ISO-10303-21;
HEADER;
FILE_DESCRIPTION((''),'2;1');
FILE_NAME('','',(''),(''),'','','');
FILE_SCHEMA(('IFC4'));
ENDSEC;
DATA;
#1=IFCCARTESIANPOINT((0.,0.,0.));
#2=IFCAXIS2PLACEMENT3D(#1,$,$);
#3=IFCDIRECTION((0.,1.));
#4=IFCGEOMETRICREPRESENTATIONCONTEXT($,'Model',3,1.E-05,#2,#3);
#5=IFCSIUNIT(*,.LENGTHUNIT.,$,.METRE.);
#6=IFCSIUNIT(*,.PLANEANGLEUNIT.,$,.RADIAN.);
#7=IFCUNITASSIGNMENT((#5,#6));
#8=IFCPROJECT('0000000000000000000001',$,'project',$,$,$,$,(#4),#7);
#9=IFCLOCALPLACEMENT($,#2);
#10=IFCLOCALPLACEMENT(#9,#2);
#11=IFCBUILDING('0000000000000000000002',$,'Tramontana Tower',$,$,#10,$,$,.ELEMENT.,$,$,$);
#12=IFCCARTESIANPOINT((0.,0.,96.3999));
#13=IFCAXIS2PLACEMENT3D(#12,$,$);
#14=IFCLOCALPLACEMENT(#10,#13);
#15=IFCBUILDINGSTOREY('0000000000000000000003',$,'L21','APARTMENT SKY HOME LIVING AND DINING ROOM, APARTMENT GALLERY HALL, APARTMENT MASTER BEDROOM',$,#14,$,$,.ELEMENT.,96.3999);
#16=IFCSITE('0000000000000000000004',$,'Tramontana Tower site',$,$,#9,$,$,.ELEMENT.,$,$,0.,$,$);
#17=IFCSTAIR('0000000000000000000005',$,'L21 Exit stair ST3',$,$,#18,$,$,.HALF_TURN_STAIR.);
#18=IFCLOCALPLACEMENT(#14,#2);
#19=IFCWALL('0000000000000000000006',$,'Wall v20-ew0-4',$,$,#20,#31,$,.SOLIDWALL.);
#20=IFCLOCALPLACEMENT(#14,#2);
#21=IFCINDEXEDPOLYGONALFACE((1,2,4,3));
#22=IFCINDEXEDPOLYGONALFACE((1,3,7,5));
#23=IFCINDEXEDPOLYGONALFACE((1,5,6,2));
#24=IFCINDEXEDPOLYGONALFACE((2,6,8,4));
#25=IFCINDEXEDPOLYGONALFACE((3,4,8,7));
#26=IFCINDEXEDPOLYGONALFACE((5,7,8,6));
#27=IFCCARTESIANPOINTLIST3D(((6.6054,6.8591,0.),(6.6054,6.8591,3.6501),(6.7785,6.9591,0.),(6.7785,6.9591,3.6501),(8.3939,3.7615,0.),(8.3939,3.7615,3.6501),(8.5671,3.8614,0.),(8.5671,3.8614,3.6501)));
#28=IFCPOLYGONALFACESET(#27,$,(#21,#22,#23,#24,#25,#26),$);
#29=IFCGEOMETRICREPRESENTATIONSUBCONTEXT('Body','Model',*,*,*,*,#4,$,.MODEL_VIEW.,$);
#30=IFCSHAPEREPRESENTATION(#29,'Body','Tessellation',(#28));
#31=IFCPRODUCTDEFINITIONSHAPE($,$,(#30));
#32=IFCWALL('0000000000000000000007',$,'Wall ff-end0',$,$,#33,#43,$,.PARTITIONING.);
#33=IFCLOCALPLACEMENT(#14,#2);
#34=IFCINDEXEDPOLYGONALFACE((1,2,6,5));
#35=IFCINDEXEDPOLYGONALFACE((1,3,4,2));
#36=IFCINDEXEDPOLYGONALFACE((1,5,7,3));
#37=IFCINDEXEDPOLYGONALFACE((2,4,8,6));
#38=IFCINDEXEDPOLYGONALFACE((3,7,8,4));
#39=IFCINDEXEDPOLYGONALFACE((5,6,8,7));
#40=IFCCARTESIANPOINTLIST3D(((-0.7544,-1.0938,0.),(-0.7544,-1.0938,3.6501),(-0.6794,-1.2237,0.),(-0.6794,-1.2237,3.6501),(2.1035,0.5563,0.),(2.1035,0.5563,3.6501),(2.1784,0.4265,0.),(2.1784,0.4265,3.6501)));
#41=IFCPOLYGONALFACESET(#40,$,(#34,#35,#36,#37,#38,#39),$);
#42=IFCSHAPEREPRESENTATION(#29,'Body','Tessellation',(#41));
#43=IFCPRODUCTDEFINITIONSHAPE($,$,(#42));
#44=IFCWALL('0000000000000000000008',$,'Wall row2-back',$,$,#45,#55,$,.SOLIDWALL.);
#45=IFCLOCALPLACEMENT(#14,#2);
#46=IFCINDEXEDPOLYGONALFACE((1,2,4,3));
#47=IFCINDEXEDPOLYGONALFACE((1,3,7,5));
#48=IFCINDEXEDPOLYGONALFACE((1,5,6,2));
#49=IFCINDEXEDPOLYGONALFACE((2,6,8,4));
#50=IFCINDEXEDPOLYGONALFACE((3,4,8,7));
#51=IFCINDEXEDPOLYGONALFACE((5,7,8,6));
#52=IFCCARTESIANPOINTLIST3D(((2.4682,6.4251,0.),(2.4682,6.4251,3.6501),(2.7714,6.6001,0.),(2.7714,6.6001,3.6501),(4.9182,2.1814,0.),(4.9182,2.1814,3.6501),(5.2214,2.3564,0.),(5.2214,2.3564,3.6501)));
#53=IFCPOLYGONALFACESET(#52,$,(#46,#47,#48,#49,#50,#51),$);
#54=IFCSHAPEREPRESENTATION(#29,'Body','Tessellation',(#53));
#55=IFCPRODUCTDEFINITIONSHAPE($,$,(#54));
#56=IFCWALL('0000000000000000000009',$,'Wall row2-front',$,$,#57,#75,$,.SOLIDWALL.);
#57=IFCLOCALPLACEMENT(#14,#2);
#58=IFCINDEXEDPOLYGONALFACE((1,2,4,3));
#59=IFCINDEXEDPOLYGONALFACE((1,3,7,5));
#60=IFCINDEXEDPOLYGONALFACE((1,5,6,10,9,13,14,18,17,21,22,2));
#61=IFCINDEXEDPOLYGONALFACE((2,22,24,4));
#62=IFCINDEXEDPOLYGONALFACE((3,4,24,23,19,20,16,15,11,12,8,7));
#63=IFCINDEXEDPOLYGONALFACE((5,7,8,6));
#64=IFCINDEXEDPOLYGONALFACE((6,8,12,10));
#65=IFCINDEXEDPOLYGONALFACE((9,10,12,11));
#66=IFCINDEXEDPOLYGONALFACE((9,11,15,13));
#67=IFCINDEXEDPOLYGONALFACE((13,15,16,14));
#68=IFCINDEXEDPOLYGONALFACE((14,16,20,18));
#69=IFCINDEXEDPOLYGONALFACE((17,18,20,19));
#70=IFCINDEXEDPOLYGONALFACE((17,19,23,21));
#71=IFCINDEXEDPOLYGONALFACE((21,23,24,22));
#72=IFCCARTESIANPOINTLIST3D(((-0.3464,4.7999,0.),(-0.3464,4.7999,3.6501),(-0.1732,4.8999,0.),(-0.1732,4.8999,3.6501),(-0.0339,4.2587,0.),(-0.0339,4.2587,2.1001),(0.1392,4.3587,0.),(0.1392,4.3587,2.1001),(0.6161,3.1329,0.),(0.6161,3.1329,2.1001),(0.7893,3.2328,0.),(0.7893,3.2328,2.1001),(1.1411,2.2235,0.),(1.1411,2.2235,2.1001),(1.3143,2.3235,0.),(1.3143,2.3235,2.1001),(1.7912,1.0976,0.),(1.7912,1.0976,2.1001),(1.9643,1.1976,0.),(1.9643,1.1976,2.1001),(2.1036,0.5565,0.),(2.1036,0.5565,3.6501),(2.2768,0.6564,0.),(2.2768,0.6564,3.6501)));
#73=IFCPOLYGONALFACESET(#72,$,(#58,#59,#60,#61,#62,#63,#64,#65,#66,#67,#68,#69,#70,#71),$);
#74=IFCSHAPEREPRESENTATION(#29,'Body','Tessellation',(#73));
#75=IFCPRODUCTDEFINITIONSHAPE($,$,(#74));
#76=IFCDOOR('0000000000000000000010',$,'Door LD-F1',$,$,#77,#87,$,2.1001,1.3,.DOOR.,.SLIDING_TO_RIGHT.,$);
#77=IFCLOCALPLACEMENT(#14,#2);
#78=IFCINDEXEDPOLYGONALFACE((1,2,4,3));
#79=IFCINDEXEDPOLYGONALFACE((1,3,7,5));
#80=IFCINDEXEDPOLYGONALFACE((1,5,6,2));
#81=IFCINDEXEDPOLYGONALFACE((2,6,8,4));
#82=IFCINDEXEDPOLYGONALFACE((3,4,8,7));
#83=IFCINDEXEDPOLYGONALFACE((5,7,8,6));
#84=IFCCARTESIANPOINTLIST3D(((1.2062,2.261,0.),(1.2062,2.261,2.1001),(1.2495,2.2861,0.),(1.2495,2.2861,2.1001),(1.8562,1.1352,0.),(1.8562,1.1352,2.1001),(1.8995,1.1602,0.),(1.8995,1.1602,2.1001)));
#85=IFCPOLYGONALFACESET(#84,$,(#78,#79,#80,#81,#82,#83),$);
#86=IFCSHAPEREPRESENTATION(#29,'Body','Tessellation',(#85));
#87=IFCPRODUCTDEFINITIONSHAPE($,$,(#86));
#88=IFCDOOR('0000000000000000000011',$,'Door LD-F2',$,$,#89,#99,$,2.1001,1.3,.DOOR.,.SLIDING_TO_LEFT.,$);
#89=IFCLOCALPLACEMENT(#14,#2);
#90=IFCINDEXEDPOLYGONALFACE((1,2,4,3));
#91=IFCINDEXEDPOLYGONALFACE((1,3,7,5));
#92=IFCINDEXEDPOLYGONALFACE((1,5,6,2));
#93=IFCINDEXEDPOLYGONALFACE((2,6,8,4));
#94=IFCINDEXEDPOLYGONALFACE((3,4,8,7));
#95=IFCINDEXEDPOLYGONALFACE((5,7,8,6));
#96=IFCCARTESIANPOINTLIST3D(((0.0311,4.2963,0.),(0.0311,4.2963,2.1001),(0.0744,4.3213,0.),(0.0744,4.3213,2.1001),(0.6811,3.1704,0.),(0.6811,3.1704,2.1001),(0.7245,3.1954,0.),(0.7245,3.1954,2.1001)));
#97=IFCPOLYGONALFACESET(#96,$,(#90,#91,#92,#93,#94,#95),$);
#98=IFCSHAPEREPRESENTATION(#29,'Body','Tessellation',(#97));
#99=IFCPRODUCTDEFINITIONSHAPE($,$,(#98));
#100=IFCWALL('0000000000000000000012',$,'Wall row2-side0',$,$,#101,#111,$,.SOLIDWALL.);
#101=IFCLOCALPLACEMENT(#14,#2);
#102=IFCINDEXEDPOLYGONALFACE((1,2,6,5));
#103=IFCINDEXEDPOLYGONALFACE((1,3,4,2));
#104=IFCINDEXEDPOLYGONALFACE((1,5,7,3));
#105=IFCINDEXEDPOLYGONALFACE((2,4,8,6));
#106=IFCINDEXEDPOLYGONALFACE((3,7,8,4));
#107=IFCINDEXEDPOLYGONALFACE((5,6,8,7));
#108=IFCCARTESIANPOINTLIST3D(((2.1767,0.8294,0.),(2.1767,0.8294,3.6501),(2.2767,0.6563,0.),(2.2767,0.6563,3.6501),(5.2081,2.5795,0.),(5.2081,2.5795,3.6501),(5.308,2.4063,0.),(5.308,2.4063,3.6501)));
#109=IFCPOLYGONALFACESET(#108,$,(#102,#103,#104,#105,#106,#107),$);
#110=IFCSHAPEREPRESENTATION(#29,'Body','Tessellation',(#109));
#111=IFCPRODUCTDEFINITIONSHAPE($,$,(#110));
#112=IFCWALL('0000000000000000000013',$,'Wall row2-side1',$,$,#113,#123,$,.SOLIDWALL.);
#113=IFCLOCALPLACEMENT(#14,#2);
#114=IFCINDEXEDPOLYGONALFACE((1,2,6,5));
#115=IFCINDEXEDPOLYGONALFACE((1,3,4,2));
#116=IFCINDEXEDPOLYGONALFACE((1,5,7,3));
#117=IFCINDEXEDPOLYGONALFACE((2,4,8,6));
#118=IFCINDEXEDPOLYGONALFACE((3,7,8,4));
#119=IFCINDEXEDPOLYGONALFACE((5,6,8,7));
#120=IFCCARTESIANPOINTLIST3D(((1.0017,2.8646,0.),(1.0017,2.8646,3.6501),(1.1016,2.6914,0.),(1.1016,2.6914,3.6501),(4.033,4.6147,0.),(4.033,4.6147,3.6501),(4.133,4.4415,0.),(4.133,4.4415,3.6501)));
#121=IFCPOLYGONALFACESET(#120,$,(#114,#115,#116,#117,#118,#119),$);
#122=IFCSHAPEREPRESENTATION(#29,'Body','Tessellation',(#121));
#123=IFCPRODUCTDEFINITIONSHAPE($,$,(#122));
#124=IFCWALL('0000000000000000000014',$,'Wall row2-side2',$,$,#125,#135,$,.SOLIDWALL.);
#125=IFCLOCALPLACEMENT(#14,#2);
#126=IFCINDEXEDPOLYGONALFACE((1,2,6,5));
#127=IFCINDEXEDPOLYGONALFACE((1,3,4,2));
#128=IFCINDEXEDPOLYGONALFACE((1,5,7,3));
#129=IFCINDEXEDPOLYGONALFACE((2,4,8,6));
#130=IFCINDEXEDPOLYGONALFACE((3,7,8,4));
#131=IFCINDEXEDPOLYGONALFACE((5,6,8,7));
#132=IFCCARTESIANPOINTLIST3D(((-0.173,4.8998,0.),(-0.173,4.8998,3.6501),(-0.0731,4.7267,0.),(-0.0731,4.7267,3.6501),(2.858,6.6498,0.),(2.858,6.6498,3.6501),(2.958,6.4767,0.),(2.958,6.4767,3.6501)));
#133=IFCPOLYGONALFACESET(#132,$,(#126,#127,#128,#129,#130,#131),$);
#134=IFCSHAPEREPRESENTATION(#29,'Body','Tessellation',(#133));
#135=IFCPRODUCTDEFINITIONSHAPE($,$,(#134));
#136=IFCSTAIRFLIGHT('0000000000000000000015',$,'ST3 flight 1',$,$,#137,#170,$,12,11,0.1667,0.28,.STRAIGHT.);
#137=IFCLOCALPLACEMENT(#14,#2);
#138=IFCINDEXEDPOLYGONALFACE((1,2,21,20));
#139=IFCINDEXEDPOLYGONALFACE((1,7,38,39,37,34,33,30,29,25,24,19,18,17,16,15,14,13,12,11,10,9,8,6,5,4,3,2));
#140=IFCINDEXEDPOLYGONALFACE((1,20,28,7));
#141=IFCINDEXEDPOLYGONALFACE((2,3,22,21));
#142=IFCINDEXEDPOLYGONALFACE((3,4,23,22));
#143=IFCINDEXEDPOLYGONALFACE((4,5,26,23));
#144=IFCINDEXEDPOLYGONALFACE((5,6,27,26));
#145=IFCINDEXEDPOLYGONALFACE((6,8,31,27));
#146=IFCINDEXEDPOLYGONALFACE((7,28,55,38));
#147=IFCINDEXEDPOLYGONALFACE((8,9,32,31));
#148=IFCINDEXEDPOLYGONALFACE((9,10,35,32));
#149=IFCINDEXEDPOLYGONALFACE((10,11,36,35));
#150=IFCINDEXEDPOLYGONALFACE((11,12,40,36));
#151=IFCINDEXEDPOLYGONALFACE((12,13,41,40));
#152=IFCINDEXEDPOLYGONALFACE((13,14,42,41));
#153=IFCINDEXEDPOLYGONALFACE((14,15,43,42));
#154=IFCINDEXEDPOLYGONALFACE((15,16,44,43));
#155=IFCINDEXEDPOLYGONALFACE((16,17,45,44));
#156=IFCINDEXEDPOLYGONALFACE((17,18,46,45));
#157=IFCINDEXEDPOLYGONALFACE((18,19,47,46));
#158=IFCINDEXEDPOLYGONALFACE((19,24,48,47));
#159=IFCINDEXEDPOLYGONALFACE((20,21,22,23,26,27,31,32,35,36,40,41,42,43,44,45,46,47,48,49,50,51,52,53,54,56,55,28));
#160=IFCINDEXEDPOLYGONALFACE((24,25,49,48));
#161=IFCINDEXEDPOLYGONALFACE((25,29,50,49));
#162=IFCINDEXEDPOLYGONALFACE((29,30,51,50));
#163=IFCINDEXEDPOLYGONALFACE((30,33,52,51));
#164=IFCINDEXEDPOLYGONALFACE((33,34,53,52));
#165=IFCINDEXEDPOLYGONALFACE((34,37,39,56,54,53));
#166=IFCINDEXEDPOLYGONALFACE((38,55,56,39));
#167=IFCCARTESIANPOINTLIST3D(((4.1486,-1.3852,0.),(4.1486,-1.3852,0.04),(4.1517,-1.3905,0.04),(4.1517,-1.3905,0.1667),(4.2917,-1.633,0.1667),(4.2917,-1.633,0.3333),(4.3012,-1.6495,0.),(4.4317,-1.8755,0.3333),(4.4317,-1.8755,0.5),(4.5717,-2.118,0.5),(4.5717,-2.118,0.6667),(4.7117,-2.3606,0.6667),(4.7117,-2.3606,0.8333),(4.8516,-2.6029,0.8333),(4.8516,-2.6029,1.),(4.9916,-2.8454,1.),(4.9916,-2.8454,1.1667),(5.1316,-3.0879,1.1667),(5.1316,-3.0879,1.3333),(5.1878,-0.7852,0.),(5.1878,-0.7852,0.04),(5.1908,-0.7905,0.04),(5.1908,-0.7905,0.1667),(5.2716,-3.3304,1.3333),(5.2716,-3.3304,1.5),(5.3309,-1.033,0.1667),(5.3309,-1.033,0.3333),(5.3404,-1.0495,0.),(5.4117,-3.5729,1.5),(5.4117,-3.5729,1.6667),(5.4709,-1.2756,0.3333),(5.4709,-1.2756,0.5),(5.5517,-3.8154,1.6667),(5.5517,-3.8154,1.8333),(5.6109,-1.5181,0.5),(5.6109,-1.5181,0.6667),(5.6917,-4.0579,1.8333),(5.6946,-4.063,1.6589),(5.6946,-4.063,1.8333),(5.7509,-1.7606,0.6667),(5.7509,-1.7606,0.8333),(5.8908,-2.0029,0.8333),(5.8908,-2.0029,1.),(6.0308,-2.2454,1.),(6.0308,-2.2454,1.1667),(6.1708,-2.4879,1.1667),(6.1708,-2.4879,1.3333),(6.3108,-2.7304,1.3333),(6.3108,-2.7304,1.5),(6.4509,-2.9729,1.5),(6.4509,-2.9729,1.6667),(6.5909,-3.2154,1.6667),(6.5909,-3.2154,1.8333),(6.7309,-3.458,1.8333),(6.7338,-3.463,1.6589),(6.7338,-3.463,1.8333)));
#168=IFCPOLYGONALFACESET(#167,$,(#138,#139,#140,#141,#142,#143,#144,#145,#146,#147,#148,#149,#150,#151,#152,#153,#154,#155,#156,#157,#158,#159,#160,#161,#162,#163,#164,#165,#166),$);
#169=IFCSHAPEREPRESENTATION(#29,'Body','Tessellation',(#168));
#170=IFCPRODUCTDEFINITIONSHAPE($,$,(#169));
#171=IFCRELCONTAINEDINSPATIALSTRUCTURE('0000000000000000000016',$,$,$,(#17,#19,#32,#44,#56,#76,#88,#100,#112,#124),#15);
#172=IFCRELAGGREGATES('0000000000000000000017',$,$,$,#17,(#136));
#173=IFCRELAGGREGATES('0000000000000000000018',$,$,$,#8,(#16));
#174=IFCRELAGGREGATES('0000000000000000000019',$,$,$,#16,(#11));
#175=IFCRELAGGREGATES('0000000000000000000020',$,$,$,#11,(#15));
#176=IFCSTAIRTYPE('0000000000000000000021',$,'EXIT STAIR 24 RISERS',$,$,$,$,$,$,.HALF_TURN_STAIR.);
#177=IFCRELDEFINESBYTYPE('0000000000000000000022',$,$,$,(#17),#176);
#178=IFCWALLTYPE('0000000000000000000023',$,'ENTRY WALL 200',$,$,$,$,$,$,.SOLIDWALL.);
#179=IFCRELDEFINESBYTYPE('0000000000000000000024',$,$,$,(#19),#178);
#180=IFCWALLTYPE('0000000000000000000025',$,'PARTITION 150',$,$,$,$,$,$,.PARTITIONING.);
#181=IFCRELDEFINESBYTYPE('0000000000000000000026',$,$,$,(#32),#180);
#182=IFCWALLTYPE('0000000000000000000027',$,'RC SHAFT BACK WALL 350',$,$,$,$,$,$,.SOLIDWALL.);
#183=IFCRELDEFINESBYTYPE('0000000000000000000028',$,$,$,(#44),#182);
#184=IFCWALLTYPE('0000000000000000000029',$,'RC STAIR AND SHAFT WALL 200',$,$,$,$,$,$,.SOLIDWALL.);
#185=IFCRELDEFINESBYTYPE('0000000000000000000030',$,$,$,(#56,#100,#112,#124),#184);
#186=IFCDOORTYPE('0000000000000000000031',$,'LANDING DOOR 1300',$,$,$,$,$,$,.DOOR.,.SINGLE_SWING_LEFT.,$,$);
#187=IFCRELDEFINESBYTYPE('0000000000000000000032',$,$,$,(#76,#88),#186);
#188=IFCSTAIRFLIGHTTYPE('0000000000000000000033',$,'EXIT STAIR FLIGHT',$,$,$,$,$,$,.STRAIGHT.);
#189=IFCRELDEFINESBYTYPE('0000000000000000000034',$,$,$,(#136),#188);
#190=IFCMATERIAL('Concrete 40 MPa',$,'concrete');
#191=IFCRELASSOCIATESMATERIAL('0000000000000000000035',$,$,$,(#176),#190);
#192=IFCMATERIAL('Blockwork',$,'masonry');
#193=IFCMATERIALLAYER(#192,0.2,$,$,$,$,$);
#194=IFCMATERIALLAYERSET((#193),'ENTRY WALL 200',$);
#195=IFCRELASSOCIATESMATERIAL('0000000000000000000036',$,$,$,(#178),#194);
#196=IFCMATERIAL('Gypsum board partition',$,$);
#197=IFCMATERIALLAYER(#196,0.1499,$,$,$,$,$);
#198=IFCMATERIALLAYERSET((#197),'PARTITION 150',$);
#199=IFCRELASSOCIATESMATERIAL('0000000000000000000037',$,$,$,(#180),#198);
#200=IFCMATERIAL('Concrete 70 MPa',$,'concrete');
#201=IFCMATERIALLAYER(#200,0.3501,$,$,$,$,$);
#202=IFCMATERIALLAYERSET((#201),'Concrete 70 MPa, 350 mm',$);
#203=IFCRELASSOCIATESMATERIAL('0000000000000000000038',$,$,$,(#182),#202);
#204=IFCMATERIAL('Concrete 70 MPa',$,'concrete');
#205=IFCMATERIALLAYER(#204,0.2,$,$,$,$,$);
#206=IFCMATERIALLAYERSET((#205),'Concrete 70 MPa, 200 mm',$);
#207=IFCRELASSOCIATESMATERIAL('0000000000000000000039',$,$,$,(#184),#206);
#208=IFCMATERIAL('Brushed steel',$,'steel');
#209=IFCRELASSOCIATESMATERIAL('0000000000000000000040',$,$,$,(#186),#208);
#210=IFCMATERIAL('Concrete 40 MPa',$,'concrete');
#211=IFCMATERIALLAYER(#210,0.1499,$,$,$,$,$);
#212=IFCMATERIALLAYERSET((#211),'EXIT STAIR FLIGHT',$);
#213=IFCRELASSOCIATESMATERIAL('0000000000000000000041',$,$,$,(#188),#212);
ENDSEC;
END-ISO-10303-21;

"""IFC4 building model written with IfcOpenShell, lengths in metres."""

from ifc_helpers import new_model, si_unit, direction, frame, frame_2d, origin, place, context, subcontext, project, spatial, polyline, rectangle, outline, extrude, material, layer, layer_set, type_object, element, fill, aggregate, save


model = new_model("IFC4")

# Units and contexts
model_context = context("Model", 3, precision=1e-05, world=origin(), true_north=direction((0.0, 1.0)))
body_context = subcontext(model_context, "Body", "Model", "MODEL_VIEW")
ifc_project = project(units=[si_unit("LENGTHUNIT", "METRE"), si_unit("PLANEANGLEUNIT", "RADIAN")], contexts=[model_context])

# Site, building, storey
site_placement = place(None, origin())
site = spatial("IfcSite", under=ifc_project, at=site_placement, Name="Tramontana Tower site", CompositionType="ELEMENT", RefElevation=0.0)
building_placement = place(site_placement, origin())
building = spatial("IfcBuilding", under=site, at=building_placement, Name="Tramontana Tower", CompositionType="ELEMENT")
storey_placement = place(building_placement, frame((0.0, 0.0, 96.3999)))
storey = spatial("IfcBuildingStorey", under=building, at=storey_placement, Name="L21", Description="APARTMENT SKY HOME LIVING AND DINING ROOM, APARTMENT GALLERY HALL, APARTMENT MASTER BEDROOM", CompositionType="ELEMENT", Elevation=96.3999)

# Stair
ifc_material_1 = material(Name="Concrete 40 MPa", Category="concrete")
stair_type = type_object("IfcStairType", Name="EXIT STAIR 24 RISERS", PredefinedType="HALF_TURN_STAIR", material=ifc_material_1)
stair_1_placement = place(storey_placement, origin())
stair_1 = element("IfcStair", 1, at=stair_1_placement, inside=storey, type_object=stair_type, Name="L21 Exit stair ST3", PredefinedType="HALF_TURN_STAIR")

# Wall
ifc_material_2 = material(Name="Blockwork", Category="masonry")
ifc_layer_1 = layer(ifc_material_2, 0.2)
ifc_layer_set_1 = layer_set([ifc_layer_1], Name="ENTRY WALL 200")
wall_type_1 = type_object("IfcWallType", Name="ENTRY WALL 200", PredefinedType="SOLIDWALL", material=ifc_layer_set_1)
wall_1_placement = place(storey_placement, frame((6.6919, 6.9092, 0.0), z_axis=(0.0, 0.0, 1.0), x_axis=(0.50003, -0.866008, 0.0)))
element("IfcWall", 2, at=wall_1_placement, inside=storey, type_object=wall_type_1, Name="Wall v20-ew0-4", PredefinedType="SOLIDWALL", context=body_context, shape_type="SweptSolid", body=[
    extrude(rectangle(XDim=3.5769, YDim=0.2, at=frame_2d((1.7886, 0.0))), origin(), (0.0, 0.0, 1.0), 3.6501),
])

# Shared definitions
ifc_material_3 = material(Name="Gypsum board partition")
ifc_layer_2 = layer(ifc_material_3, 0.1499)
ifc_layer_set_2 = layer_set([ifc_layer_2], Name="PARTITION 150")
wall_type_2 = type_object("IfcWallType", Name="PARTITION 150", PredefinedType="PARTITIONING", material=ifc_layer_set_2)

# Walls
wall_2_placement = place(storey_placement, frame((-0.7168, -1.1587, 0.0), z_axis=(0.0, 0.0, 1.0), x_axis=(0.866008, 0.50003, 0.0)))
element("IfcWall", 3, at=wall_2_placement, inside=storey, type_object=wall_type_2, Name="Wall ff-end0", PredefinedType="PARTITIONING", context=body_context, shape_type="SweptSolid", body=[
    extrude(rectangle(XDim=3.3, YDim=0.1499, at=frame_2d((1.6499, 0.0))), origin(), (0.0, 0.0, 1.0), 3.6501),
])
ifc_material_4 = material(Name="Concrete 70 MPa", Category="concrete")
ifc_layer_3 = layer(ifc_material_4, 0.3501)
ifc_layer_set_3 = layer_set([ifc_layer_3], Name="Concrete 70 MPa, 350 mm")
wall_type_3 = type_object("IfcWallType", Name="RC SHAFT BACK WALL 350", PredefinedType="SOLIDWALL", material=ifc_layer_set_3)
wall_3_placement = place(storey_placement, frame((5.0698, 2.2688, 0.0), z_axis=(0.0, 0.0, 1.0), x_axis=(-0.499981, 0.866036, 0.0)))
element("IfcWall", 4, at=wall_3_placement, inside=storey, type_object=wall_type_3, Name="Wall row2-back", PredefinedType="SOLIDWALL", context=body_context, shape_type="SweptSolid", body=[
    extrude(rectangle(XDim=4.9001, YDim=0.3501, at=frame_2d((2.4502, 0.0))), origin(), (0.0, 0.0, 1.0), 3.6501),
])

# Shared definitions
ifc_material_5 = material(Name="Concrete 70 MPa", Category="concrete")
ifc_layer_4 = layer(ifc_material_5, 0.2)
ifc_layer_set_4 = layer_set([ifc_layer_4], Name="Concrete 70 MPa, 200 mm")
wall_type_4 = type_object("IfcWallType", Name="RC STAIR AND SHAFT WALL 200", PredefinedType="SOLIDWALL", material=ifc_layer_set_4)

# Wall, openings, doors
wall_4_placement = place(storey_placement, frame((2.1902, 0.6064, 0.0), z_axis=(0.0, 0.0, 1.0), x_axis=(-0.500003, 0.866024, 0.0)))
wall_4 = element("IfcWall", 5, at=wall_4_placement, inside=storey, type_object=wall_type_4, Name="Wall row2-front", PredefinedType="SOLIDWALL", context=body_context, shape_type="SweptSolid", body=[
    extrude(rectangle(XDim=4.8999, YDim=0.2, at=frame_2d((2.45, 0.0))), origin(), (0.0, 0.0, 1.0), 3.6501),
])
opening_1_placement = place(wall_4_placement, frame((0.625, 0.0, 0.0)))
opening_1 = element("IfcOpeningElement", 6, at=opening_1_placement, cuts=wall_4, PredefinedType="OPENING", context=body_context, shape_type="SweptSolid", body=[
    extrude(rectangle(XDim=1.3, YDim=2.1001, at=frame_2d((0.6499, 1.05))), frame((0.0, 0.1099, 0.0), z_axis=(0.0, -1.0, 0.0), x_axis=(1.0, 0.0, 0.0)), (0.0, 0.0, 1.0), 0.22),
])
opening_2_placement = place(wall_4_placement, frame((2.9751, 0.0, 0.0)))
opening_2 = element("IfcOpeningElement", 7, at=opening_2_placement, cuts=wall_4, PredefinedType="OPENING", context=body_context, shape_type="SweptSolid", body=[
    extrude(rectangle(XDim=1.3, YDim=2.1001, at=frame_2d((0.6499, 1.05))), frame((0.0, 0.1099, 0.0), z_axis=(0.0, -1.0, 0.0), x_axis=(1.0, 0.0, 0.0)), (0.0, 0.0, 1.0), 0.22),
])
ifc_material_6 = material(Name="Brushed steel", Category="steel")
door_type_1 = type_object("IfcDoorType", Name="LANDING DOOR 1300", OperationType="SINGLE_SWING_LEFT", PredefinedType="DOOR", material=ifc_material_6)
door_1_placement = place(opening_1_placement, origin())
door_1 = element("IfcDoor", 8, at=door_1_placement, inside=storey, type_object=door_type_1, Name="Door LD-F1", OperationType="SLIDING_TO_RIGHT", OverallHeight=2.1001, OverallWidth=1.3, PredefinedType="DOOR", context=body_context, shape_type="SweptSolid", body=[
    extrude(rectangle(XDim=1.3, YDim=2.1001, at=frame_2d((0.6499, 1.05))), frame((0.0, 0.0249, 0.0), z_axis=(0.0, -1.0, 0.0), x_axis=(1.0, 0.0, 0.0)), (0.0, 0.0, 1.0), 0.05),
])
fill(opening_1, door_1)
door_2_placement = place(opening_2_placement, origin())
door_2 = element("IfcDoor", 9, at=door_2_placement, inside=storey, type_object=door_type_1, Name="Door LD-F2", OperationType="SLIDING_TO_LEFT", OverallHeight=2.1001, OverallWidth=1.3, PredefinedType="DOOR", context=body_context, shape_type="SweptSolid", body=[
    extrude(rectangle(XDim=1.3, YDim=2.1001, at=frame_2d((0.6499, 1.05))), frame((0.0, 0.0249, 0.0), z_axis=(0.0, -1.0, 0.0), x_axis=(1.0, 0.0, 0.0)), (0.0, 0.0, 1.0), 0.05),
])
fill(opening_2, door_2)

# Walls
for number, where, z_axis, x_axis, name in (
    (10, (2.2268, 0.7429, 0.0), (0.0, 0.0, 1.0), (0.866037, 0.49998, 0.0), "Wall row2-side0"),
    (11, (1.0518, 2.7781, 0.0), (0.0, 0.0, 1.0), (0.866037, 0.49998, 0.0), "Wall row2-side1"),
):
    element("IfcWall", number, at=place(storey_placement, frame(where, z_axis=z_axis, x_axis=x_axis)), inside=storey, type_object=wall_type_4, Name=name, PredefinedType="SOLIDWALL", context=body_context, shape_type="SweptSolid", body=[
        extrude(rectangle(XDim=3.5002, YDim=0.2, at=frame_2d((1.75, 0.0))), origin(), (0.0, 0.0, 1.0), 3.6501),
    ])
wall_5_placement = place(storey_placement, frame((-0.123, 4.8132, 0.0), z_axis=(0.0, 0.0, 1.0), x_axis=(0.866019, 0.50001, 0.0)))
element("IfcWall", 12, at=wall_5_placement, inside=storey, type_object=wall_type_4, Name="Wall row2-side2", PredefinedType="SOLIDWALL", context=body_context, shape_type="SweptSolid", body=[
    extrude(rectangle(XDim=3.5, YDim=0.2, at=frame_2d((1.75, 0.0))), origin(), (0.0, 0.0, 1.0), 3.6501),
])

# Stair flight
ifc_material_7 = material(Name="Concrete 40 MPa", Category="concrete")
ifc_layer_5 = layer(ifc_material_7, 0.1499)
ifc_layer_set_5 = layer_set([ifc_layer_5], Name="EXIT STAIR FLIGHT")
stair_flight_type = type_object("IfcStairFlightType", Name="EXIT STAIR FLIGHT", PredefinedType="STRAIGHT", material=ifc_layer_set_5)
stair_flight_placement = place(storey_placement, frame((4.6711, -1.0906, 0.0), z_axis=(0.0, 0.0, 1.0), x_axis=(0.5, -0.866025, 0.0)))
stair_flight = element("IfcStairFlight", 13, at=stair_flight_placement, type_object=stair_flight_type, Name="ST3 flight 1", NumberOfRisers=12, NumberOfTreads=11, PredefinedType="STRAIGHT", RiserHeight=0.1667, TreadLength=0.28, context=body_context, shape_type="SweptSolid", body=[
    extrude(outline(polyline([(-0.0061, 0.0), (-0.0061, 0.04), (0.0, 0.04), (0.0, 0.1667), (0.28, 0.1667), (0.28, 0.3333), (0.5601, 0.3333), (0.5601, 0.5), (0.8401, 0.5), (0.8401, 0.6667), (1.1201, 0.6667), (1.1201, 0.8333), (1.3999, 0.8333), (1.3999, 1.0), (1.6799, 1.0), (1.6799, 1.1667), (1.96, 1.1667), (1.96, 1.3333), (2.24, 1.3333), (2.24, 1.5), (2.52, 1.5), (2.52, 1.6667), (2.8, 1.6667), (2.8, 1.8333), (3.0801, 1.8333), (3.0859, 1.8333), (3.0859, 1.6589), (0.2991, 0.0), (-0.0061, 0.0)])), frame((0.0, 0.6001, 0.0), z_axis=(0.0, -1.0, 0.0), x_axis=(1.0, 0.0, 0.0)), (0.0, 0.0, 1.0), 1.2),
])
aggregate(stair_1, [stair_flight])

save(model, "model.ifc")
